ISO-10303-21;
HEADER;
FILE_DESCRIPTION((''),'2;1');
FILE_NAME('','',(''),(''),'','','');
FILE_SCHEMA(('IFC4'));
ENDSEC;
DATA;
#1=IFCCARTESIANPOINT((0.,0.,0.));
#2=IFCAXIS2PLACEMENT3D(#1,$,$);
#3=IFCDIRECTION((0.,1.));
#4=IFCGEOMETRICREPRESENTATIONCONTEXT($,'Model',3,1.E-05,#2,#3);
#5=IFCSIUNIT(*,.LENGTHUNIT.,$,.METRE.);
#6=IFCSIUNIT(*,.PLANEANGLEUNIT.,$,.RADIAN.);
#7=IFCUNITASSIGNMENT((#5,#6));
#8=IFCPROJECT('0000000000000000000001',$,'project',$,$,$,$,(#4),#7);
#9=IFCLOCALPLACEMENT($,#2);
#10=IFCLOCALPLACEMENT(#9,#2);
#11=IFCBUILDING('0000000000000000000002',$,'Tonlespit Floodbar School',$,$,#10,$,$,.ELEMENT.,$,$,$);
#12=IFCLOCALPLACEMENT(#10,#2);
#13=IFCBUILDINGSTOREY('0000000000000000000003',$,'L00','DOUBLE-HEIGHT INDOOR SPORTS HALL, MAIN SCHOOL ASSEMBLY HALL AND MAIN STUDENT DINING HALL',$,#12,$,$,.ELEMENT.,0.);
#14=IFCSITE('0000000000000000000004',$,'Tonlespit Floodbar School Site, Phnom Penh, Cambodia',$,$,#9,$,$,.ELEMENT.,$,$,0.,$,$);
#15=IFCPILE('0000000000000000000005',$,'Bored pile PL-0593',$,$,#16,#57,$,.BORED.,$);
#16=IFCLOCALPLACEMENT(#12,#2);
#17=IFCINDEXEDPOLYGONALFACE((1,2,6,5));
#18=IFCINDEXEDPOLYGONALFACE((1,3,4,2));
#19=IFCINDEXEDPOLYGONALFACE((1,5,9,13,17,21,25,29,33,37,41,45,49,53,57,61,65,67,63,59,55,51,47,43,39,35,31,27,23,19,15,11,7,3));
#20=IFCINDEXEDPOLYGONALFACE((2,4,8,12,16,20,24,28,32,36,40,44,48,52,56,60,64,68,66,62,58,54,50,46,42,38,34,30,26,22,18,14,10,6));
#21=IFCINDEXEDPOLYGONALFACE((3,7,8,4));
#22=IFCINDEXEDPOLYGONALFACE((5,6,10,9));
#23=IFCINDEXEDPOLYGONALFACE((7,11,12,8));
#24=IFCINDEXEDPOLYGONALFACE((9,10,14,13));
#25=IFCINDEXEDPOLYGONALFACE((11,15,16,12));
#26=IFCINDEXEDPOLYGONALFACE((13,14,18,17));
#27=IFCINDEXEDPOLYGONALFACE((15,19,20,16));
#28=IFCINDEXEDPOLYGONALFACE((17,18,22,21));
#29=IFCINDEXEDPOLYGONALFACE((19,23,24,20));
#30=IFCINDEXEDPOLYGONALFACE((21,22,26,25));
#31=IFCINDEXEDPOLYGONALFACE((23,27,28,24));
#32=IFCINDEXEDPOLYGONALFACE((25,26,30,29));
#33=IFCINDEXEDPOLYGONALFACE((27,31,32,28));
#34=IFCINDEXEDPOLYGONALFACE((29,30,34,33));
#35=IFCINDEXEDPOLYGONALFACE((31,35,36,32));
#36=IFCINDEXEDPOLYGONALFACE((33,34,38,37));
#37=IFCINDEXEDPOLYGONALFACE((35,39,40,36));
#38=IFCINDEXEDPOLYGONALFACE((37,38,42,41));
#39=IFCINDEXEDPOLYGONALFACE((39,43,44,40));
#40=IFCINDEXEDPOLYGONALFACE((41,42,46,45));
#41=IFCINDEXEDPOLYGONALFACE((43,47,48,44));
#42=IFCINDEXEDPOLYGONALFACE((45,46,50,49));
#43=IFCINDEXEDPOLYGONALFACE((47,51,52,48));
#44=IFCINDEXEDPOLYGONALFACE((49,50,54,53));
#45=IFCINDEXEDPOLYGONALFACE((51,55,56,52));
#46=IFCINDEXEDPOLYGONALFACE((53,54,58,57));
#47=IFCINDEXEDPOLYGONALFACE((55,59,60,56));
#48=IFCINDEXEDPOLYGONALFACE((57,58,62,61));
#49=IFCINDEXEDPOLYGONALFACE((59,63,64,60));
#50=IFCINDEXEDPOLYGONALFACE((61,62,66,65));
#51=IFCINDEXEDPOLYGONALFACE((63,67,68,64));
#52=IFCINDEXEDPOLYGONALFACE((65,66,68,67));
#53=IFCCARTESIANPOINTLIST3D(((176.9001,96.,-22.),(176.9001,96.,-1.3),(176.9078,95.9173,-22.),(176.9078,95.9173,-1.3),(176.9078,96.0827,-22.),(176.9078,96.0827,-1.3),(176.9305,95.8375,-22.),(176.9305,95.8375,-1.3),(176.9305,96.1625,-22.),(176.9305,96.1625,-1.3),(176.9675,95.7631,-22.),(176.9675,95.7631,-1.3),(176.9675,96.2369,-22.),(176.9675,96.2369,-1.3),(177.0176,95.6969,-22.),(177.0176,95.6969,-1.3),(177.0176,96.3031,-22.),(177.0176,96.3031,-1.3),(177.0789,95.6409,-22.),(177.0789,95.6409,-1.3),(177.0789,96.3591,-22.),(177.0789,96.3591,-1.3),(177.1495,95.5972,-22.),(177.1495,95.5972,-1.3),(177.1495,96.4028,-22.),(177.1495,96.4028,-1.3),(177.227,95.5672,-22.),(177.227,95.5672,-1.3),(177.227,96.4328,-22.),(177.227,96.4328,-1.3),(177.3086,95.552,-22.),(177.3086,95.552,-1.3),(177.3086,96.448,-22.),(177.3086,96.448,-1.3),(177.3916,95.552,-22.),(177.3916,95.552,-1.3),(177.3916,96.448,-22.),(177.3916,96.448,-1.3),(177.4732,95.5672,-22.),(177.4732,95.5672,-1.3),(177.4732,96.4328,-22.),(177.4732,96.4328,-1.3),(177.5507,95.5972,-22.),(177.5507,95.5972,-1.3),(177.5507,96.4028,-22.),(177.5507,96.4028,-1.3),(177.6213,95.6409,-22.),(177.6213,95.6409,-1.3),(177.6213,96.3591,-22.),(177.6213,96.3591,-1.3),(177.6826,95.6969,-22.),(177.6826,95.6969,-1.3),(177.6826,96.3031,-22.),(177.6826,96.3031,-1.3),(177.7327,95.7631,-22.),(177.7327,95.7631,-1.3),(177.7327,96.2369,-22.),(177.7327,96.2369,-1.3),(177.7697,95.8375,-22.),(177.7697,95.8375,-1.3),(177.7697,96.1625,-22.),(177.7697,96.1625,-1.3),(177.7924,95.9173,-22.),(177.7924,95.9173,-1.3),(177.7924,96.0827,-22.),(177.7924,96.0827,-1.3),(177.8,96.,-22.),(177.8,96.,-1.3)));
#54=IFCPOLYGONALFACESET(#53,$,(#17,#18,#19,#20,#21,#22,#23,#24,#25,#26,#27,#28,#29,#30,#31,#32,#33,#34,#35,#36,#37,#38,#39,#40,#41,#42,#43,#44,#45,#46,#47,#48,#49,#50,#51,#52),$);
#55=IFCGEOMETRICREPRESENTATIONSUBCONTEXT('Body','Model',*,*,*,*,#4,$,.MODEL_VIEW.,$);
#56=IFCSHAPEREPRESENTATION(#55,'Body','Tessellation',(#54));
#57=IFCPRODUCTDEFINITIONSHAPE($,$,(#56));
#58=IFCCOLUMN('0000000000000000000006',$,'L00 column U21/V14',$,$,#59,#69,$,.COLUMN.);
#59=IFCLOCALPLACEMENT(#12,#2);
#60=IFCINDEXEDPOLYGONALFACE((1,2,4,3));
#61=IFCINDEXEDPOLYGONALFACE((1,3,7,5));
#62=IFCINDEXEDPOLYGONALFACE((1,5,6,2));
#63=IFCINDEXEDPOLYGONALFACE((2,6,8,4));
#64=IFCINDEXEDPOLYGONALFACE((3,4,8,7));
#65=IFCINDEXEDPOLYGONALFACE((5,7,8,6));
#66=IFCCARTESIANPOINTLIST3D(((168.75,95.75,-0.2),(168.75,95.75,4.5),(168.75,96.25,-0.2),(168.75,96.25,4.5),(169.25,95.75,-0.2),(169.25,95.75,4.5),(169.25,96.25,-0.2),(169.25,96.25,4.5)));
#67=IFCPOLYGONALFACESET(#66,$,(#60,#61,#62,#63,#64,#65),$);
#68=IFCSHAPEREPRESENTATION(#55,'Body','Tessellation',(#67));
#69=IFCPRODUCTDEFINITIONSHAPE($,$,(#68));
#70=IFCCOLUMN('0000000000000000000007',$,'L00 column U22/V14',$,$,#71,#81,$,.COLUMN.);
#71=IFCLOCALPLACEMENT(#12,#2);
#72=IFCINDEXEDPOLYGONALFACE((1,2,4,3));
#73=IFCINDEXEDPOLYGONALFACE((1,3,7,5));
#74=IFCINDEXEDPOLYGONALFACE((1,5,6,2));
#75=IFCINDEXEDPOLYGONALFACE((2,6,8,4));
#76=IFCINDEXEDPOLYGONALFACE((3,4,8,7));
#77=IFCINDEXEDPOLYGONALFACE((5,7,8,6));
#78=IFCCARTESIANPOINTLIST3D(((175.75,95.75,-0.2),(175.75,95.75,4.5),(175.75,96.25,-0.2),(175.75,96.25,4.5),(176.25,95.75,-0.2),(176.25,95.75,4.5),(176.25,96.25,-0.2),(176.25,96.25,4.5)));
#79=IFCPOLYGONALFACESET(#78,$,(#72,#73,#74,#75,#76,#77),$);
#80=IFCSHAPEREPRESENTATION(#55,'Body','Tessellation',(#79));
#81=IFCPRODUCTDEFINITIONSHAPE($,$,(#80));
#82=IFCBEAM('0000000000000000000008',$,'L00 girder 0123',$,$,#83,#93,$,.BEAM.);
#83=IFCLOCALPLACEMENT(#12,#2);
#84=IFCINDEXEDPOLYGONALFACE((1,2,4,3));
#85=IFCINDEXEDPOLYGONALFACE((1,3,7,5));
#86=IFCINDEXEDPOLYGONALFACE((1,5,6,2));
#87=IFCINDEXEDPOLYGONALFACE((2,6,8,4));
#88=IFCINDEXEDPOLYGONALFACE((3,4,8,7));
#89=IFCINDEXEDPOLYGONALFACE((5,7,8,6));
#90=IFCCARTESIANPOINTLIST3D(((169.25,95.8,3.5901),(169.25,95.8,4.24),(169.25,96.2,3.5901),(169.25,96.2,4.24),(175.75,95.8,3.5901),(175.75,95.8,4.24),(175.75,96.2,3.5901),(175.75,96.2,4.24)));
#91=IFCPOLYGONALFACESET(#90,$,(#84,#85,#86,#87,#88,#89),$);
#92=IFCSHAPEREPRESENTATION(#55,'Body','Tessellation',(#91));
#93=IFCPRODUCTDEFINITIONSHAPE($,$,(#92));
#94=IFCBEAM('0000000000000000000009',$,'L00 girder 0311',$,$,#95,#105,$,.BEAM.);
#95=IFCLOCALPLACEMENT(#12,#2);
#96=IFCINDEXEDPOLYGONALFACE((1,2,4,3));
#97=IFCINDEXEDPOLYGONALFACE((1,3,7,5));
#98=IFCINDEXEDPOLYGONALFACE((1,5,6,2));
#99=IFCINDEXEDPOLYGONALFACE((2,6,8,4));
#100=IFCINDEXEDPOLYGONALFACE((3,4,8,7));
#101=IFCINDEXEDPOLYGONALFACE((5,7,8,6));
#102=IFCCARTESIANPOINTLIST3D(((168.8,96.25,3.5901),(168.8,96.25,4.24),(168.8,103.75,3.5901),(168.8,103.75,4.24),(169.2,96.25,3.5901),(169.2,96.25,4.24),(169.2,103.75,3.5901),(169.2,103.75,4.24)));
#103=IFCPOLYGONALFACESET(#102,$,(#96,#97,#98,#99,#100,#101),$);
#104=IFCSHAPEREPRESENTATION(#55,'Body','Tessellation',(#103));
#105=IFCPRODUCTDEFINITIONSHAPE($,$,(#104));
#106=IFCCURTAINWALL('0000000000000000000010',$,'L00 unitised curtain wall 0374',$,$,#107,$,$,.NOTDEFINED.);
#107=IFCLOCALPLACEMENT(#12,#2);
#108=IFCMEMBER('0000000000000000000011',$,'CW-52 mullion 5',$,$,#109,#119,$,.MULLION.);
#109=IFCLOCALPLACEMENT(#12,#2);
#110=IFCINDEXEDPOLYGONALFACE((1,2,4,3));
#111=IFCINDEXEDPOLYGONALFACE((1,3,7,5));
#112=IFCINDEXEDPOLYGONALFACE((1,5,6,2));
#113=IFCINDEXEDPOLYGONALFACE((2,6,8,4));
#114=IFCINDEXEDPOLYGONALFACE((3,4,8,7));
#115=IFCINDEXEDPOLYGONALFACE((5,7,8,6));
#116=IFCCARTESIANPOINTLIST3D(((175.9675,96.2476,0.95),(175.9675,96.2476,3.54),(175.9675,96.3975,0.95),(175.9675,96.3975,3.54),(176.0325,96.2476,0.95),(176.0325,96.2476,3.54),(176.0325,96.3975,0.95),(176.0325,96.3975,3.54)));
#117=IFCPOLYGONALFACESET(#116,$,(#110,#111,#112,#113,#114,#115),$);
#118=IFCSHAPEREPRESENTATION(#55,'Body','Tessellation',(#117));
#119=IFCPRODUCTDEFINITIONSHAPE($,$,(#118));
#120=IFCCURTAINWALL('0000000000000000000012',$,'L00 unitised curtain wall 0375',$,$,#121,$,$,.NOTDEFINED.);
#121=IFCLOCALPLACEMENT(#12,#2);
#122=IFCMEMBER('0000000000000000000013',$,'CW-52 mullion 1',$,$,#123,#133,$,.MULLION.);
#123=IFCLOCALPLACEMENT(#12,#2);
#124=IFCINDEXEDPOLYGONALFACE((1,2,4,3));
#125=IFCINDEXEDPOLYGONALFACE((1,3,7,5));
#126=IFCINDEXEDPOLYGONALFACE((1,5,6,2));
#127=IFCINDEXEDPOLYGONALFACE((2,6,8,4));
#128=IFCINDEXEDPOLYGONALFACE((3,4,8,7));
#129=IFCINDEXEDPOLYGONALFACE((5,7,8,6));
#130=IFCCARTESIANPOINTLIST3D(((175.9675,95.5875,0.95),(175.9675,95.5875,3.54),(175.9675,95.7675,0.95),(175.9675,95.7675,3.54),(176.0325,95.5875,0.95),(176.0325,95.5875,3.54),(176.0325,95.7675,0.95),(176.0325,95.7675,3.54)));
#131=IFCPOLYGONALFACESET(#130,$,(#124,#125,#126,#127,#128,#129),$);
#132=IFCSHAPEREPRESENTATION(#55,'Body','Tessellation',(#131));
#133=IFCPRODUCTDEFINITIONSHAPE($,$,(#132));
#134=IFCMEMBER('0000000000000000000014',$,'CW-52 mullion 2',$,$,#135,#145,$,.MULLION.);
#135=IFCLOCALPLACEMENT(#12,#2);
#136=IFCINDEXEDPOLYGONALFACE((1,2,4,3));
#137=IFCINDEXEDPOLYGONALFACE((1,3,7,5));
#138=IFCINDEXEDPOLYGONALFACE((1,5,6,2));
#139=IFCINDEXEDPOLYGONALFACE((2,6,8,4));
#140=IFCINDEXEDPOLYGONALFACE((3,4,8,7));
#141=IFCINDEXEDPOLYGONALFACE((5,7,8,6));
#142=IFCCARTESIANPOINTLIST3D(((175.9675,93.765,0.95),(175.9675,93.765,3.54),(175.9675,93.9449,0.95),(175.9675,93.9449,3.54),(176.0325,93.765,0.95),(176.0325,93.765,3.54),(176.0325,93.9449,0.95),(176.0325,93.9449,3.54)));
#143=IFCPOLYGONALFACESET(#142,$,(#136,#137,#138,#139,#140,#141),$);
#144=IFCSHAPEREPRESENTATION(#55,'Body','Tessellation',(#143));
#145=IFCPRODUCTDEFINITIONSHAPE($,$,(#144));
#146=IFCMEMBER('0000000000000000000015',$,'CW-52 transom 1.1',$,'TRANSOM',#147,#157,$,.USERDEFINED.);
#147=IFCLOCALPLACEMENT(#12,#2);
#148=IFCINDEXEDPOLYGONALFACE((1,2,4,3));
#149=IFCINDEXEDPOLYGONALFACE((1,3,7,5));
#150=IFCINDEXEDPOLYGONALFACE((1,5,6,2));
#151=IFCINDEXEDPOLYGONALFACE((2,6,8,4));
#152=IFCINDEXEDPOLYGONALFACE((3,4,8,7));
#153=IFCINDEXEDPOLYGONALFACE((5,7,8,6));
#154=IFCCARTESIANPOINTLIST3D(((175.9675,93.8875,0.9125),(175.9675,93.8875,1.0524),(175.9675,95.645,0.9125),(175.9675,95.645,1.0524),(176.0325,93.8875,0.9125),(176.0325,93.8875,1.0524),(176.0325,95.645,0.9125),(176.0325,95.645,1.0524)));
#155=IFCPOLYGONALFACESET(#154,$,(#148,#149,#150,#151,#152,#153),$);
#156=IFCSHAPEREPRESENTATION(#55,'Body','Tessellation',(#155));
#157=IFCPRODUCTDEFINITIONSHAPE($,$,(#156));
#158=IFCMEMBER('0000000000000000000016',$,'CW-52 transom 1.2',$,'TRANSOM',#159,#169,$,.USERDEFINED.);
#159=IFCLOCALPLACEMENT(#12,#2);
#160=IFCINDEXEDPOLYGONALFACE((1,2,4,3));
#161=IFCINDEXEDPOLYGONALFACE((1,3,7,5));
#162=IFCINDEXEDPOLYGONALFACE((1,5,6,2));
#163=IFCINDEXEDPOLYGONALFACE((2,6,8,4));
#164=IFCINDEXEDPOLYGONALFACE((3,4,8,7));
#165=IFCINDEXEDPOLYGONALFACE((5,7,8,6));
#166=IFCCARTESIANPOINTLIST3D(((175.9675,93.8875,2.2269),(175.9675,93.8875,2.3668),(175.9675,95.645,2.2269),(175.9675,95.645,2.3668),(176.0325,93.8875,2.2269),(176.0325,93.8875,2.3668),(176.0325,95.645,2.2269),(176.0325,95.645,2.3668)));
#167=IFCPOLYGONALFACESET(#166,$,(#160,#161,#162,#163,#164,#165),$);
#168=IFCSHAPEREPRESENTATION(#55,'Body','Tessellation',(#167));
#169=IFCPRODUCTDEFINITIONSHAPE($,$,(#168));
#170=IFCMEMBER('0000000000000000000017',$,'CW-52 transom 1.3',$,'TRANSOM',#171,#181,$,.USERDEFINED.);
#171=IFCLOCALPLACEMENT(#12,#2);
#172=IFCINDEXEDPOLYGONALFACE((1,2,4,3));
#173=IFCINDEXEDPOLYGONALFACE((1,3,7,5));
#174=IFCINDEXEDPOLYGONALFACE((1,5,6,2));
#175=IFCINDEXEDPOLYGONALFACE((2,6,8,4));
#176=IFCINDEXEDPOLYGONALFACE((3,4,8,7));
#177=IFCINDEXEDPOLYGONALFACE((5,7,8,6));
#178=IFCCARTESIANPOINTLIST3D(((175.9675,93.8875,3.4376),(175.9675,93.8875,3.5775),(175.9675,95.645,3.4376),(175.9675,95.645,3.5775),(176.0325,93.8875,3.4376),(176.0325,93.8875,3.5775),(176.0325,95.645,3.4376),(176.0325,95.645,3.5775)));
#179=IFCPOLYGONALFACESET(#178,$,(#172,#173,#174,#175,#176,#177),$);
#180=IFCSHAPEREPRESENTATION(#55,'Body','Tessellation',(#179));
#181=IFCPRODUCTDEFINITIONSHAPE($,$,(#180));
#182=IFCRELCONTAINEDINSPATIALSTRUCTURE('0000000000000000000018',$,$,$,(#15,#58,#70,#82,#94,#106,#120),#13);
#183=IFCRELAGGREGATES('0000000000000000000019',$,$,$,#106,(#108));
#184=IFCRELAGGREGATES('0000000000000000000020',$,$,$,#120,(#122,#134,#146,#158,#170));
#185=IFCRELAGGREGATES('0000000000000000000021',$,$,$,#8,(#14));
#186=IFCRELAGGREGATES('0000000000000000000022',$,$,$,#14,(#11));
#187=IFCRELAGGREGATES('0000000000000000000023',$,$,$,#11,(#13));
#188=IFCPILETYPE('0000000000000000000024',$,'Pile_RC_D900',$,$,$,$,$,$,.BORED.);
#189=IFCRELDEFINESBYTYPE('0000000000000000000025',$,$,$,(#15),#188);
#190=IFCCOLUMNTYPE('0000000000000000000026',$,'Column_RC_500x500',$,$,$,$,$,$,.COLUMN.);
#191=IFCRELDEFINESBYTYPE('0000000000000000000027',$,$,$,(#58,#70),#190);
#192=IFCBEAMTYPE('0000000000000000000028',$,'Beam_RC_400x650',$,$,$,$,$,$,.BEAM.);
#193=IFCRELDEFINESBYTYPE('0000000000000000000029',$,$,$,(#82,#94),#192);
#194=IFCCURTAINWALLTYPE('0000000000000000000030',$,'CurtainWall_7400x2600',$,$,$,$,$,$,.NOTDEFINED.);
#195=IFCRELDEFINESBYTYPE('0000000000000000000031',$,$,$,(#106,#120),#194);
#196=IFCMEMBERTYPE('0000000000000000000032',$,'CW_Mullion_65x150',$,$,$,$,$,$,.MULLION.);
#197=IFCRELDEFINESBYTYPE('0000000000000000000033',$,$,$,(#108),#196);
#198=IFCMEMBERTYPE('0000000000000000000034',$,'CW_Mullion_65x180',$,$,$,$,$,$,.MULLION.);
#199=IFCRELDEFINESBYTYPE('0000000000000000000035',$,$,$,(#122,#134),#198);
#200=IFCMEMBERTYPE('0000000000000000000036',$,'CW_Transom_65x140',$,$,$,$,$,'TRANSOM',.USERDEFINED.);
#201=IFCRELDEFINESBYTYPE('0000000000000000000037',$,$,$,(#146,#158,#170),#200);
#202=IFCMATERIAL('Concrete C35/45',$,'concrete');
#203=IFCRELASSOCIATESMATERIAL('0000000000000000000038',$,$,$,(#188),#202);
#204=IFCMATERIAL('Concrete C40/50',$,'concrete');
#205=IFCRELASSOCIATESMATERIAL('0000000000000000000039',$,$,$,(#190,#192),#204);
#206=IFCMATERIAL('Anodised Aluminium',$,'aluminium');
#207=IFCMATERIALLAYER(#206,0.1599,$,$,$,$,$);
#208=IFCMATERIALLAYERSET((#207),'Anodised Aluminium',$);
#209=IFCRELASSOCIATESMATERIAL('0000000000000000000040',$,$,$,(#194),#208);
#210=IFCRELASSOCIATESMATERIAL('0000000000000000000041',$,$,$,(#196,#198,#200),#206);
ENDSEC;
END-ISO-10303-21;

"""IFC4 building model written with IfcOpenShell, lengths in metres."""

from ifc_helpers import new_model, si_unit, direction, frame, origin, origin_2d, place, context, subcontext, project, spatial, rectangle, circle, extrude, material, layer, layer_set, material_profile, profile_set, type_object, element, aggregate, save


model = new_model("IFC4")

# Units and contexts
model_context = context("Model", 3, precision=1e-05, world=origin(), true_north=direction((0.0, 1.0)))
body_context = subcontext(model_context, "Body", "Model", "MODEL_VIEW")
ifc_project = project(units=[si_unit("LENGTHUNIT", "METRE"), si_unit("PLANEANGLEUNIT", "RADIAN")], contexts=[model_context])

# Site, building, storey
site_placement = place(None, origin())
site = spatial("IfcSite", under=ifc_project, at=site_placement, Name="Tonlespit Floodbar School Site, Phnom Penh, Cambodia", CompositionType="ELEMENT", RefElevation=0.0)
building_placement = place(site_placement, origin())
building = spatial("IfcBuilding", under=site, at=building_placement, Name="Tonlespit Floodbar School", CompositionType="ELEMENT")
storey_placement = place(building_placement, origin())
storey = spatial("IfcBuildingStorey", under=building, at=storey_placement, Name="L00", Description="DOUBLE-HEIGHT INDOOR SPORTS HALL, MAIN SCHOOL ASSEMBLY HALL AND MAIN STUDENT DINING HALL", CompositionType="ELEMENT", Elevation=0.0)

# Shared definitions
ifc_material_1 = material(Name="Concrete C40/50", Category="concrete")

# Pile
ifc_material_2 = material(Name="Concrete C35/45", Category="concrete")
ifc_material_profile_1 = material_profile(ifc_material_2, circle(Radius=0.45, at=origin_2d()), Name="BP D900")
ifc_profile_set_1 = profile_set([ifc_material_profile_1], Name="Concrete C35/45")
pile_type = type_object("IfcPileType", Name="Pile_RC_D900", PredefinedType="BORED", material=ifc_profile_set_1)
for number, where, z_axis, x_axis, name in (
    (1, (177.3501, 96.0, -1.3), (0.0, 0.0, -1.0), (1.0, 0.0, 0.0), "Bored pile PL-0593"),
):
    element("IfcPile", number, at=place(storey_placement, frame(where, z_axis=z_axis, x_axis=x_axis)), inside=storey, type_object=pile_type, Name=name, PredefinedType="BORED", context=body_context, shape_type="SweptSolid", body=[
        extrude(circle(Radius=0.45, at=origin_2d()), origin(), (0.0, 0.0, 1.0), 20.7),
    ])

# Columns
ifc_material_profile_2 = material_profile(ifc_material_1, rectangle(XDim=0.5, YDim=0.5, at=origin_2d()), Name="RC 500x500")
ifc_profile_set_2 = profile_set([ifc_material_profile_2], Name="Concrete C40/50")
column_type = type_object("IfcColumnType", Name="Column_RC_500x500", PredefinedType="COLUMN", material=ifc_profile_set_2)
for number, where, z_axis, x_axis, name in (
    (2, (169.0, 96.0, -0.2), (0.0, 0.0, 1.0), (1.0, 0.0, 0.0), "L00 column U21/V14"),
    (3, (176.0, 96.0, -0.2), (0.0, 0.0, 1.0), (1.0, 0.0, 0.0), "L00 column U22/V14"),
):
    element("IfcColumn", number, at=place(storey_placement, frame(where, z_axis=z_axis, x_axis=x_axis)), inside=storey, type_object=column_type, Name=name, PredefinedType="COLUMN", context=body_context, shape_type="SweptSolid", body=[
        extrude(rectangle(XDim=0.5, YDim=0.5, at=origin_2d()), origin(), (0.0, 0.0, 1.0), 4.7),
    ])

# Beams
ifc_material_profile_3 = material_profile(ifc_material_1, rectangle(XDim=0.3999, YDim=0.6499, at=origin_2d()), Name="RC 400x650")
ifc_profile_set_3 = profile_set([ifc_material_profile_3], Name="Concrete C40/50")
beam_type_1 = type_object("IfcBeamType", Name="Beam_RC_400x650", PredefinedType="BEAM", material=ifc_profile_set_3)
beam_1_placement = place(storey_placement, frame((169.25, 96.0, 3.915), z_axis=(1.0, 0.0, 0.0), x_axis=(0.0, 1.0, 0.0)))
element("IfcBeam", 4, at=beam_1_placement, inside=storey, type_object=beam_type_1, Name="L00 girder 0123", PredefinedType="BEAM", context=body_context, shape_type="SweptSolid", body=[
    extrude(rectangle(XDim=0.3999, YDim=0.6499, at=origin_2d()), origin(), (0.0, 0.0, 1.0), 6.5),
])
beam_2_placement = place(storey_placement, frame((169.0, 96.25, 3.915), z_axis=(0.0, 1.0, 0.0), x_axis=(-1.0, 0.0, 0.0)))
element("IfcBeam", 5, at=beam_2_placement, inside=storey, type_object=beam_type_1, Name="L00 girder 0311", PredefinedType="BEAM", context=body_context, shape_type="SweptSolid", body=[
    extrude(rectangle(XDim=0.3999, YDim=0.6499, at=origin_2d()), origin(), (0.0, 0.0, 1.0), 7.5),
])

# Curtain wall, member
ifc_material_3 = material(Name="Anodised Aluminium", Category="aluminium")
ifc_layer_1 = layer(ifc_material_3, 0.1599)
ifc_layer_set_1 = layer_set([ifc_layer_1], Name="Anodised Aluminium")
curtain_wall_type = type_object("IfcCurtainWallType", Name="CurtainWall_7400x2600", PredefinedType="NOTDEFINED", material=ifc_layer_set_1)
curtain_wall_1_placement = place(storey_placement, origin())
curtain_wall_1 = element("IfcCurtainWall", 6, at=curtain_wall_1_placement, inside=storey, type_object=curtain_wall_type, Name="L00 unitised curtain wall 0374", PredefinedType="NOTDEFINED")
ifc_material_profile_4 = material_profile(ifc_material_3, rectangle(XDim=0.0649, YDim=0.1499, at=origin_2d()), Name="ALU M65x150")
ifc_profile_set_4 = profile_set([ifc_material_profile_4], Name="Anodised Aluminium")
member_type_1 = type_object("IfcMemberType", Name="CW_Mullion_65x150", PredefinedType="MULLION", material=ifc_profile_set_4)
member_1_placement = place(storey_placement, frame((176.0, 96.3225, 0.95), z_axis=(0.0, 0.0, 1.0), x_axis=(1.0, 0.0, 0.0)))
member_1 = element("IfcMember", 7, at=member_1_placement, type_object=member_type_1, Name="CW-52 mullion 5", PredefinedType="MULLION", context=body_context, shape_type="SweptSolid", body=[
    extrude(rectangle(XDim=0.0649, YDim=0.1499, at=origin_2d()), origin(), (0.0, 0.0, 1.0), 2.5901),
])

# Curtain wall, members
curtain_wall_2_placement = place(storey_placement, origin())
curtain_wall_2 = element("IfcCurtainWall", 8, at=curtain_wall_2_placement, inside=storey, type_object=curtain_wall_type, Name="L00 unitised curtain wall 0375", PredefinedType="NOTDEFINED")
ifc_material_profile_5 = material_profile(ifc_material_3, rectangle(XDim=0.0649, YDim=0.1799, at=origin_2d()), Name="ALU M65x180")
ifc_profile_set_5 = profile_set([ifc_material_profile_5], Name="Anodised Aluminium")
member_type_2 = type_object("IfcMemberType", Name="CW_Mullion_65x180", PredefinedType="MULLION", material=ifc_profile_set_5)
member_2_placement = place(storey_placement, frame((176.0, 95.6775, 0.95), z_axis=(0.0, 0.0, 1.0), x_axis=(1.0, 0.0, 0.0)))
member_2 = element("IfcMember", 9, at=member_2_placement, type_object=member_type_2, Name="CW-52 mullion 1", PredefinedType="MULLION", context=body_context, shape_type="SweptSolid", body=[
    extrude(rectangle(XDim=0.0649, YDim=0.1799, at=origin_2d()), origin(), (0.0, 0.0, 1.0), 2.5901),
])
member_3_placement = place(storey_placement, frame((176.0, 93.855, 0.95), z_axis=(0.0, 0.0, 1.0), x_axis=(1.0, 0.0, 0.0)))
member_3 = element("IfcMember", 10, at=member_3_placement, type_object=member_type_2, Name="CW-52 mullion 2", PredefinedType="MULLION", context=body_context, shape_type="SweptSolid", body=[
    extrude(rectangle(XDim=0.0649, YDim=0.1799, at=origin_2d()), origin(), (0.0, 0.0, 1.0), 2.5901),
])
ifc_material_profile_6 = material_profile(ifc_material_3, rectangle(XDim=0.0649, YDim=0.1399, at=origin_2d()), Name="ALU T65x140")
ifc_profile_set_6 = profile_set([ifc_material_profile_6], Name="Anodised Aluminium")
member_type_3 = type_object("IfcMemberType", Name="CW_Transom_65x140", ElementType="TRANSOM", PredefinedType="USERDEFINED", material=ifc_profile_set_6)
member_4_placement = place(storey_placement, frame((176.0, 95.645, 0.9824), z_axis=(0.0, -1.0, 0.0), x_axis=(1.0, 0.0, 0.0)))
member_4 = element("IfcMember", 11, at=member_4_placement, type_object=member_type_3, Name="CW-52 transom 1.1", ObjectType="TRANSOM", PredefinedType="USERDEFINED", context=body_context, shape_type="SweptSolid", body=[
    extrude(rectangle(XDim=0.0649, YDim=0.1399, at=origin_2d()), origin(), (0.0, 0.0, 1.0), 1.7576),
])
member_5_placement = place(storey_placement, frame((176.0, 95.645, 2.2969), z_axis=(0.0, -1.0, 0.0), x_axis=(1.0, 0.0, 0.0)))
member_5 = element("IfcMember", 12, at=member_5_placement, type_object=member_type_3, Name="CW-52 transom 1.2", ObjectType="TRANSOM", PredefinedType="USERDEFINED", context=body_context, shape_type="SweptSolid", body=[
    extrude(rectangle(XDim=0.0649, YDim=0.1399, at=origin_2d()), origin(), (0.0, 0.0, 1.0), 1.7576),
])
member_6_placement = place(storey_placement, frame((176.0, 95.645, 3.5076), z_axis=(0.0, -1.0, 0.0), x_axis=(1.0, 0.0, 0.0)))
member_6 = element("IfcMember", 13, at=member_6_placement, type_object=member_type_3, Name="CW-52 transom 1.3", ObjectType="TRANSOM", PredefinedType="USERDEFINED", context=body_context, shape_type="SweptSolid", body=[
    extrude(rectangle(XDim=0.0649, YDim=0.1399, at=origin_2d()), origin(), (0.0, 0.0, 1.0), 1.7576),
])

aggregate(curtain_wall_1, [member_1])
aggregate(curtain_wall_2, [member_2, member_3, member_4, member_5, member_6])

save(model, "model.ifc")
